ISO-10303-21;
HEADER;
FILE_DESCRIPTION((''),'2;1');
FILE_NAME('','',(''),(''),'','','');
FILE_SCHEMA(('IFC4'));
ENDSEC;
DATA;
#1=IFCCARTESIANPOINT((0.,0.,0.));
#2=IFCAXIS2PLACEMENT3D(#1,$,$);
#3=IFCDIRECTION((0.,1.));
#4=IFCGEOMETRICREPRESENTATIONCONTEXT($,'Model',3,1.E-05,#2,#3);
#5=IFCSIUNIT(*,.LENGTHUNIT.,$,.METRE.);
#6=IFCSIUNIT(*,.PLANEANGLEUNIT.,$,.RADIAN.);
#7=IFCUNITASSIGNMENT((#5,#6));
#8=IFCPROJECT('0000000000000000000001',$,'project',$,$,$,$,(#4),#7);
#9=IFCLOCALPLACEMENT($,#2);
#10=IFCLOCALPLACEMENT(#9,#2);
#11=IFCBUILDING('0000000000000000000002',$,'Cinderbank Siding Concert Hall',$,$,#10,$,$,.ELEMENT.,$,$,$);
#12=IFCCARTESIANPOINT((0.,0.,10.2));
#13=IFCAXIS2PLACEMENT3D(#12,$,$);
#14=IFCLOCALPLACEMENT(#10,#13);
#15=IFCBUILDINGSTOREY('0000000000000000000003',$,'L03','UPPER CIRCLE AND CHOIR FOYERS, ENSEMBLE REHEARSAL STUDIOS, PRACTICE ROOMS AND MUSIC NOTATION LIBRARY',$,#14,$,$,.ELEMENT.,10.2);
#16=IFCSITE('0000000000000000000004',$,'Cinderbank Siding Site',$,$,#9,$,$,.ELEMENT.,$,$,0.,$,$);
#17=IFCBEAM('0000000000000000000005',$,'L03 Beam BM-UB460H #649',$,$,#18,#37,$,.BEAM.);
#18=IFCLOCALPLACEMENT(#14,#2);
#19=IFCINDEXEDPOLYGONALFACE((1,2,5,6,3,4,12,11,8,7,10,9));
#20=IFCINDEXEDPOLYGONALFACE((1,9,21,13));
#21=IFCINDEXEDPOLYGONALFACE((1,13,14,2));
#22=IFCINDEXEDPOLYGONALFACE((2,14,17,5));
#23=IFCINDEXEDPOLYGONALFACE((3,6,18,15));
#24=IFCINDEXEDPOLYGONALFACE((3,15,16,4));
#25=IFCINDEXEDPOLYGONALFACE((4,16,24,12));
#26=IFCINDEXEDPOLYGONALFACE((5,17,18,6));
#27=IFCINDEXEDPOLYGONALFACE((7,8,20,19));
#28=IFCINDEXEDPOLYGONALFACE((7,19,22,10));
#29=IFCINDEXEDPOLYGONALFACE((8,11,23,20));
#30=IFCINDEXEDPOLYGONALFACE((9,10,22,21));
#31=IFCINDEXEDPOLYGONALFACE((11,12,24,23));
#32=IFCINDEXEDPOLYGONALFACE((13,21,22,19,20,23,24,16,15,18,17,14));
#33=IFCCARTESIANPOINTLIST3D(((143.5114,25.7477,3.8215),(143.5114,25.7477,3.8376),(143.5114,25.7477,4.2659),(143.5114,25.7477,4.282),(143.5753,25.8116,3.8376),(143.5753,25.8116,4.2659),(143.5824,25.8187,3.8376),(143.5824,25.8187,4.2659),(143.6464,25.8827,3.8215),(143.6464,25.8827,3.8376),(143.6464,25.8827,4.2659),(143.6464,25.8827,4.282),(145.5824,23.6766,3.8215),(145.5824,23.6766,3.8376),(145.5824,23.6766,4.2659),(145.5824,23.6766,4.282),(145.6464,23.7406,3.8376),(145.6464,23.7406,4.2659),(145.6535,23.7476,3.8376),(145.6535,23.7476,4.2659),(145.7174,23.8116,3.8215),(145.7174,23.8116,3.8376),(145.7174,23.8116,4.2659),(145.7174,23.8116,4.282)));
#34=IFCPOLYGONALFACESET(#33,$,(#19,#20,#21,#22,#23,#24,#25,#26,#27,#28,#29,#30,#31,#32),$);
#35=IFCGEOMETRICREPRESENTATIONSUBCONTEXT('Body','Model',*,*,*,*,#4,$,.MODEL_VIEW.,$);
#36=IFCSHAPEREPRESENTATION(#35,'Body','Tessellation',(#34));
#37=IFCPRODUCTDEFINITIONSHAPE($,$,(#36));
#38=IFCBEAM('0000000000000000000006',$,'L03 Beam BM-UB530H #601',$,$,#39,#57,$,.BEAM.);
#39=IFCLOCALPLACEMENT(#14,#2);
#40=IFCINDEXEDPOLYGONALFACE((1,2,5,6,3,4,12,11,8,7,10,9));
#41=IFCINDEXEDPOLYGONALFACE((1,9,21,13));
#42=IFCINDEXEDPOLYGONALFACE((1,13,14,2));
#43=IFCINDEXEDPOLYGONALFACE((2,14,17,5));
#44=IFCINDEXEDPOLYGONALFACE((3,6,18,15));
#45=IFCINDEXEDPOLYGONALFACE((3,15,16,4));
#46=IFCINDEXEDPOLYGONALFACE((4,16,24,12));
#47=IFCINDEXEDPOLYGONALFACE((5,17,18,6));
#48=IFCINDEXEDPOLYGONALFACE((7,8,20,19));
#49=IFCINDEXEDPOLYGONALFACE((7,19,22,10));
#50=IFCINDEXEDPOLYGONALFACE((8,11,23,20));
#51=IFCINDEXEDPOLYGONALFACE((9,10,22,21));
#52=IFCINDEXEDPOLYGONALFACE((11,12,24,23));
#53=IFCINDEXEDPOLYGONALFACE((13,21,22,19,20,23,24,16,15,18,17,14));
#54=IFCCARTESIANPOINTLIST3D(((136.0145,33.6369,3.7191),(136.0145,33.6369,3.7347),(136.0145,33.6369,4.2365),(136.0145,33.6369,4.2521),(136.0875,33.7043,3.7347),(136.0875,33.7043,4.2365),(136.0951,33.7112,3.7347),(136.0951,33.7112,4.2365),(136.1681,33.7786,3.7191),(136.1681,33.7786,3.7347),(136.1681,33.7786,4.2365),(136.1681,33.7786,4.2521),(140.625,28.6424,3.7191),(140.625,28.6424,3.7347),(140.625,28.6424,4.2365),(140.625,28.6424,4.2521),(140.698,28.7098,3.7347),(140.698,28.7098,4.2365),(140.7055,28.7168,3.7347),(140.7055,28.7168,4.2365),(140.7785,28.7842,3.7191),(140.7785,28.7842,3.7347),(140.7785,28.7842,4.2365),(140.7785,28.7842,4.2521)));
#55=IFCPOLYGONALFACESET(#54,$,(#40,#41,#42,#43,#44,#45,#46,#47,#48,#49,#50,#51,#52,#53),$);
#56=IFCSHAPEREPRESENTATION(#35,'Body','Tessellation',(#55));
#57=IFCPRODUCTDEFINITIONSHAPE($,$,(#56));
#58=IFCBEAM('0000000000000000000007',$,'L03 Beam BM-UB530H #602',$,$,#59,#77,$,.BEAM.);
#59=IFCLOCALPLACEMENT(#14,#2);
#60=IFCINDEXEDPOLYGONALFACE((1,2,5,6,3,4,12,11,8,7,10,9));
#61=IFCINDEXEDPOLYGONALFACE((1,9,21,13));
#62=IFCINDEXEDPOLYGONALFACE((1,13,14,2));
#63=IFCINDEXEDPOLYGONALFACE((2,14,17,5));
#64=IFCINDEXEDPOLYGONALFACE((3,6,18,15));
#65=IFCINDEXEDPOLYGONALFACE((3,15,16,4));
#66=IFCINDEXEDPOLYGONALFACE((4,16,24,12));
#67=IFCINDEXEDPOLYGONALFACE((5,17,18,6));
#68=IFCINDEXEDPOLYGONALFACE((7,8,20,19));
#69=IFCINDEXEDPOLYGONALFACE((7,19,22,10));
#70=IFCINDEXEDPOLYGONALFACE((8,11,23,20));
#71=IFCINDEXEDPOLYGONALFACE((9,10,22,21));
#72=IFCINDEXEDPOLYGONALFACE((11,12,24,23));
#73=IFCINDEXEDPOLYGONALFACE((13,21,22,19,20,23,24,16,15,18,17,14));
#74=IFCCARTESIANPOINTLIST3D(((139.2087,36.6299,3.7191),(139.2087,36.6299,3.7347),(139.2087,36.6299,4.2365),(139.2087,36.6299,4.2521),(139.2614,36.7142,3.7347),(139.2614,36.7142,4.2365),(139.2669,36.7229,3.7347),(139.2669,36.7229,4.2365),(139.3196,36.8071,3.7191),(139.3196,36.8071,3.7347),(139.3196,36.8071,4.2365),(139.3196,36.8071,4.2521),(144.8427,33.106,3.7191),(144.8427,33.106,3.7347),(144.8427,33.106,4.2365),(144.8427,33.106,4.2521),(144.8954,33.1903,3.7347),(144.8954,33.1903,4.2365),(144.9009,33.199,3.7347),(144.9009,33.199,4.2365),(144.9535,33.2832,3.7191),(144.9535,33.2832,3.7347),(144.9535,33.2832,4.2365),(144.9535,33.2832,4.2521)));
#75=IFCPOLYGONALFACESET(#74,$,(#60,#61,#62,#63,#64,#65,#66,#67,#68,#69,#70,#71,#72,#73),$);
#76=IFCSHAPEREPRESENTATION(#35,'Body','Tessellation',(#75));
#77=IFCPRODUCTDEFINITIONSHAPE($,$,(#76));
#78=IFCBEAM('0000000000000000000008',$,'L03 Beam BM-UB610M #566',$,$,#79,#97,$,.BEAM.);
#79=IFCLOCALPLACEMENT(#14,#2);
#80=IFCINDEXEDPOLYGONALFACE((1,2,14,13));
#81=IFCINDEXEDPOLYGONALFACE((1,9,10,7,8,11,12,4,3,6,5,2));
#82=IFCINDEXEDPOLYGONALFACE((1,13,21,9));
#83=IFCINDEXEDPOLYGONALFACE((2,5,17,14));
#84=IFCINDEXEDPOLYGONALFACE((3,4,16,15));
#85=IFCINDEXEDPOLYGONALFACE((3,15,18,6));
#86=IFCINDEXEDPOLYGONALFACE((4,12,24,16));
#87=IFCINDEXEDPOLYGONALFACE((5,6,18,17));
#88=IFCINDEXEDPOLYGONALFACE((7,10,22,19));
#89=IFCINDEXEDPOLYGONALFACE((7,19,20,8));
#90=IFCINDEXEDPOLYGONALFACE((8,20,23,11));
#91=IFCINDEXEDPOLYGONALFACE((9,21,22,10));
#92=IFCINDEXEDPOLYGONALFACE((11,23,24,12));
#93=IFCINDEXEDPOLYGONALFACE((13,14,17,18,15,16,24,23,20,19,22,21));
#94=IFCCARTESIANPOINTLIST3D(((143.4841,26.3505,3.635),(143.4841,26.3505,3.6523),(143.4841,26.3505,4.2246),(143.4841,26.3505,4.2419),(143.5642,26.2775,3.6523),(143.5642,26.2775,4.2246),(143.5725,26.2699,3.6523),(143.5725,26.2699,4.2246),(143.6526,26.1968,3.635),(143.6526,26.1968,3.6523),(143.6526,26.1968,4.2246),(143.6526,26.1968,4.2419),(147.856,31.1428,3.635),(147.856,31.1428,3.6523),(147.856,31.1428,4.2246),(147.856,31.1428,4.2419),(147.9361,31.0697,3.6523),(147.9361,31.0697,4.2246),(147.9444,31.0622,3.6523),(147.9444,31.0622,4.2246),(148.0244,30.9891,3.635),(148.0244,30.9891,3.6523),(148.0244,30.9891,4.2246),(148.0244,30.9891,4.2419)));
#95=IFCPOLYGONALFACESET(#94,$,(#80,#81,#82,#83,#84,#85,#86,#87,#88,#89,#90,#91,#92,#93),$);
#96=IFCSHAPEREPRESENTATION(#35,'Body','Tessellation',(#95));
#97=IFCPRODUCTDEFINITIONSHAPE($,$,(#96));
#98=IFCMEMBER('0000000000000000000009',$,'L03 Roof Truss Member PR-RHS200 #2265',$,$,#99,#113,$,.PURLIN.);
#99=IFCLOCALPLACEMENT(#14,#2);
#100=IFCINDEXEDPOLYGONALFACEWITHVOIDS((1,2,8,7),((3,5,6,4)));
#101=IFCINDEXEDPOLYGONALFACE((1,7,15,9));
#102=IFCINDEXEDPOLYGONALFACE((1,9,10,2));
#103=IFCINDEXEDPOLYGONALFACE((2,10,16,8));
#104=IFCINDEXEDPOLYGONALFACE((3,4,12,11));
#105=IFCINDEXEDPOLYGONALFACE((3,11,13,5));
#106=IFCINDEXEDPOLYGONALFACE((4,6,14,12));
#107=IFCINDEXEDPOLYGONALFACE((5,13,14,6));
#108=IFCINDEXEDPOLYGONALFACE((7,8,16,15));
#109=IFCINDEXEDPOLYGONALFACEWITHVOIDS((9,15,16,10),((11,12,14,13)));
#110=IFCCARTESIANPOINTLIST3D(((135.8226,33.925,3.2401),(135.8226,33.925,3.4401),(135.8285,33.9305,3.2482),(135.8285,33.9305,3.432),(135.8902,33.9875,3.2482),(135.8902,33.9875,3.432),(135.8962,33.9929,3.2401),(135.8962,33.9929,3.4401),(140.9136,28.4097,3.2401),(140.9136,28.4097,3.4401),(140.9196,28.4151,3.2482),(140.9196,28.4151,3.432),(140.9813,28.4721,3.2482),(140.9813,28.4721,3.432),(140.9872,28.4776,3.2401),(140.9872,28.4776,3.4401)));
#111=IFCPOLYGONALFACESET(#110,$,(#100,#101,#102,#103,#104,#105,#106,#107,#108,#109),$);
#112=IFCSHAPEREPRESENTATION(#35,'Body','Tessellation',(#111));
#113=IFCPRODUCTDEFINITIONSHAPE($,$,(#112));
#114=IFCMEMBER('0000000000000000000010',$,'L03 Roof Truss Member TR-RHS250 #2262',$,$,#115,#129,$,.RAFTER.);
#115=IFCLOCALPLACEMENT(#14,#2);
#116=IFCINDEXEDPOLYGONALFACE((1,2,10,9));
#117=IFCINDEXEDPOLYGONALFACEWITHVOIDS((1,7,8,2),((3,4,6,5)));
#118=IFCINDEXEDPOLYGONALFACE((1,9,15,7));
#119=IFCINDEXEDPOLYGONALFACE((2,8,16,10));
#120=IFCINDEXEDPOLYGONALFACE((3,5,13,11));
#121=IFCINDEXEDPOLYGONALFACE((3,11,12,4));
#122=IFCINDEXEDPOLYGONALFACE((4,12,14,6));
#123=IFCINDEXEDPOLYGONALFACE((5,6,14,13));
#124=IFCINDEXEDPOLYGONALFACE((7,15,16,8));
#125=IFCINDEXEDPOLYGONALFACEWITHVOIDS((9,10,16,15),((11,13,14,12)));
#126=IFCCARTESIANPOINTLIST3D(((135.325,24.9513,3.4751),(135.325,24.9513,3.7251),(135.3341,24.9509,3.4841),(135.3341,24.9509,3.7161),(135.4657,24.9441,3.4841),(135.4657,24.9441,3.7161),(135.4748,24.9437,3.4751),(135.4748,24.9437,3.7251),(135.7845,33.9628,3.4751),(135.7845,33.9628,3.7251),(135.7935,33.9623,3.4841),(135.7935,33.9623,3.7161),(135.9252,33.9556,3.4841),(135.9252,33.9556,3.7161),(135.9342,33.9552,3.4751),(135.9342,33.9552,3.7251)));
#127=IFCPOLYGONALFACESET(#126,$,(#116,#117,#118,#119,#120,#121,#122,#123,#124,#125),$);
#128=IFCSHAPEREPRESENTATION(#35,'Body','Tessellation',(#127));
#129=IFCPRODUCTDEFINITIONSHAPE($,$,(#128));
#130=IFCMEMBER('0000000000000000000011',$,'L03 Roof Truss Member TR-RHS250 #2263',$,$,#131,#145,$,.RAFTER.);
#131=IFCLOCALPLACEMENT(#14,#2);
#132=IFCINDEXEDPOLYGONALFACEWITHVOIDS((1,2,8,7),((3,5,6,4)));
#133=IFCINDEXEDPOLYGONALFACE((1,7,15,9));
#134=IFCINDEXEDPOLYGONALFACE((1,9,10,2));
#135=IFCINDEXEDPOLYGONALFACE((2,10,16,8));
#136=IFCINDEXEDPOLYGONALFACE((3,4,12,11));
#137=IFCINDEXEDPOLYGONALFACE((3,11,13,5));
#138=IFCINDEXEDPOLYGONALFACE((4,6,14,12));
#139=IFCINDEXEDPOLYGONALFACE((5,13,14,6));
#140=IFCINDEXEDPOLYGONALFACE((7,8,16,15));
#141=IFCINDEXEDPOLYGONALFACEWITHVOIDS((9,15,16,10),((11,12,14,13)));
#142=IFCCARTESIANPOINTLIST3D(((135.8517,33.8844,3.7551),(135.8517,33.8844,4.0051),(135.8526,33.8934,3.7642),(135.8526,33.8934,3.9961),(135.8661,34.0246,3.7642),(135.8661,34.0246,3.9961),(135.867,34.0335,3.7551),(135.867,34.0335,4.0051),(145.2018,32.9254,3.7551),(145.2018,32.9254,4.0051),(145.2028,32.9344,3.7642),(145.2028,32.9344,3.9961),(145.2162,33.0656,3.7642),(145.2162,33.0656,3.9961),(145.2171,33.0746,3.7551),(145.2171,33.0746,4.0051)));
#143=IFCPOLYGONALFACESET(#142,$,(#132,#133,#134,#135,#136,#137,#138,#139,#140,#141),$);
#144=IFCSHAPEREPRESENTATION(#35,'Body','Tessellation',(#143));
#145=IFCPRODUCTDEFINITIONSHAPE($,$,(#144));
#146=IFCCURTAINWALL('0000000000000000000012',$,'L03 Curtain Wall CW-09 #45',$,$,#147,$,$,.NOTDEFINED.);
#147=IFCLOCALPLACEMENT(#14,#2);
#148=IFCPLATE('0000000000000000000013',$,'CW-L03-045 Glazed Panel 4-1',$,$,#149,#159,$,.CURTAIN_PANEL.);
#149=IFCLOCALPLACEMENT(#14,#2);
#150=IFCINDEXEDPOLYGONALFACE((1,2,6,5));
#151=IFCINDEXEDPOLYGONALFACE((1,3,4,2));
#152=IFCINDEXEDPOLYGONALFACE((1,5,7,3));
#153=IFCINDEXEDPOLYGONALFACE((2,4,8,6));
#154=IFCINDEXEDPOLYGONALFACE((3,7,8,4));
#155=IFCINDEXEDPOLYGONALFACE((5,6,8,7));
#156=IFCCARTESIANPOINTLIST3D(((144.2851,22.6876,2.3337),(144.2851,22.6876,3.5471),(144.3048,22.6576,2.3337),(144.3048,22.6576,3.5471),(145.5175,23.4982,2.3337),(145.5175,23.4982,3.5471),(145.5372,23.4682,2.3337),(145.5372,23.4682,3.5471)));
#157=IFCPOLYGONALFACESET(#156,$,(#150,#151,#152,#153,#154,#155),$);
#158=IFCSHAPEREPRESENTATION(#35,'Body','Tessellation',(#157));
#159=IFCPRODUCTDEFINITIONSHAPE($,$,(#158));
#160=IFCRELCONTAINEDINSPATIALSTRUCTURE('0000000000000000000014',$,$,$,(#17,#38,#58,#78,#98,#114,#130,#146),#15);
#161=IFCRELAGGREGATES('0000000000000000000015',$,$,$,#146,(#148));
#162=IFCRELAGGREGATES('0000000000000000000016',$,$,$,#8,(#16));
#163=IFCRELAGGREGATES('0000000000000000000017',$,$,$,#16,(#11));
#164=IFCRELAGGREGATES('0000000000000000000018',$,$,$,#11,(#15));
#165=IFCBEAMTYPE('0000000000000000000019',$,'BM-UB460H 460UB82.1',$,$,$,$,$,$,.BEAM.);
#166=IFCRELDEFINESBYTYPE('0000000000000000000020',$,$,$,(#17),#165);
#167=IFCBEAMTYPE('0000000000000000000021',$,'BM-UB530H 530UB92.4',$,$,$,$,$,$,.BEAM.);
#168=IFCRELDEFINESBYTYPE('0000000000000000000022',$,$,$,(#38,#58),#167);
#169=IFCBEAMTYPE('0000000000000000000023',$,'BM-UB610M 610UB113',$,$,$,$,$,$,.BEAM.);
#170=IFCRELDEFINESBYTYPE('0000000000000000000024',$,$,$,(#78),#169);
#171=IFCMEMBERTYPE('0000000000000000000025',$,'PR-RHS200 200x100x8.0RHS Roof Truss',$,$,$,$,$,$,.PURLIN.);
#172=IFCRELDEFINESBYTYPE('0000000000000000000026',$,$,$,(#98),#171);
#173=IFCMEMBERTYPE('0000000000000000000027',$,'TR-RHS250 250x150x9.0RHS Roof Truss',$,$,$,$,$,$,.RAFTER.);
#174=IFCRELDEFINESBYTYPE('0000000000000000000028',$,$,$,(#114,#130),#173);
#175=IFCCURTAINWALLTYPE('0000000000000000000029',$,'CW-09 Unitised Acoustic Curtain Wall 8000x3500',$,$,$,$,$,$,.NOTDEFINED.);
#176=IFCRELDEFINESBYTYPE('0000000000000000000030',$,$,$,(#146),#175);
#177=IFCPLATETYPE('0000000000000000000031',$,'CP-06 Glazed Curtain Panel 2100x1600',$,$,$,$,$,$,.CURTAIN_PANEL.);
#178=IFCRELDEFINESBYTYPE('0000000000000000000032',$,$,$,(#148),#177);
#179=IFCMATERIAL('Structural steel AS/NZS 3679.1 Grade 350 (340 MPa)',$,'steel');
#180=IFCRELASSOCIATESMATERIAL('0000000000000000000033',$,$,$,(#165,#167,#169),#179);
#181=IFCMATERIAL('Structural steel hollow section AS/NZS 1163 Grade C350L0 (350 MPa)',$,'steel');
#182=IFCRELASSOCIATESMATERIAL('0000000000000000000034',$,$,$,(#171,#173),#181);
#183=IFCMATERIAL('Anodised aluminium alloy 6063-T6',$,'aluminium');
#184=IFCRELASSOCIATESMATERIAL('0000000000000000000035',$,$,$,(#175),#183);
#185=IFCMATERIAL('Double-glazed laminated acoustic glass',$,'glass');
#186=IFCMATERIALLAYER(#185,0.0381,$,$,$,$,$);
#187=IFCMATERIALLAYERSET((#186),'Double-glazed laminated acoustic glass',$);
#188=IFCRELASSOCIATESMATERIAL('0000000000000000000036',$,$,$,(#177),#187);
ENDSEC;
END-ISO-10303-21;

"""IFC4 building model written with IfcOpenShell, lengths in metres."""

from ifc_helpers import new_model, si_unit, direction, frame, origin, origin_2d, place, context, subcontext, project, spatial, rectangle, hollow_rectangle, i_section, extrude, material, layer, layer_set, material_profile, profile_set, type_object, element, aggregate, save


model = new_model("IFC4")

# Units and contexts
model_context = context("Model", 3, precision=1e-05, world=origin(), true_north=direction((0.0, 1.0)))
body_context = subcontext(model_context, "Body", "Model", "MODEL_VIEW")
ifc_project = project(units=[si_unit("LENGTHUNIT", "METRE"), si_unit("PLANEANGLEUNIT", "RADIAN")], contexts=[model_context])

# Site, building, storey
site_placement = place(None, origin())
site = spatial("IfcSite", under=ifc_project, at=site_placement, Name="Cinderbank Siding Site", CompositionType="ELEMENT", RefElevation=0.0)
building_placement = place(site_placement, origin())
building = spatial("IfcBuilding", under=site, at=building_placement, Name="Cinderbank Siding Concert Hall", CompositionType="ELEMENT")
storey_placement = place(building_placement, frame((0.0, 0.0, 10.2)))
storey = spatial("IfcBuildingStorey", under=building, at=storey_placement, Name="L03", Description="UPPER CIRCLE AND CHOIR FOYERS, ENSEMBLE REHEARSAL STUDIOS, PRACTICE ROOMS AND MUSIC NOTATION LIBRARY", CompositionType="ELEMENT", Elevation=10.2)

# Beams
ifc_material_1 = material(Name="Structural steel AS/NZS 3679.1 Grade 350 (340 MPa)", Category="steel")
ifc_material_profile_1 = material_profile(ifc_material_1, i_section(OverallWidth=0.1909, OverallDepth=0.4604, WebThickness=0.01, FlangeThickness=0.0161, at=origin_2d()), Name="460UB82.1", Category="LoadBearing")
ifc_profile_set_1 = profile_set([ifc_material_profile_1], Name="Structural steel AS/NZS 3679.1 Grade 350 (340 MPa)")
beam_type_1 = type_object("IfcBeamType", Name="BM-UB460H 460UB82.1", PredefinedType="BEAM", material=ifc_profile_set_1)
beam_1_placement = place(storey_placement, frame((143.5789, 25.8152, 4.0518), z_axis=(0.707107, -0.707107, 0.0), x_axis=(0.707107, 0.707107, 0.0)))
element("IfcBeam", 1, at=beam_1_placement, inside=storey, type_object=beam_type_1, Name="L03 Beam BM-UB460H #649", PredefinedType="BEAM", context=body_context, shape_type="SweptSolid", body=[
    extrude(i_section(OverallWidth=0.1909, OverallDepth=0.4604, WebThickness=0.01, FlangeThickness=0.0161, at=origin_2d()), origin(), (0.0, 0.0, 1.0), 2.929),
])
ifc_material_profile_2 = material_profile(ifc_material_1, i_section(OverallWidth=0.209, OverallDepth=0.533, WebThickness=0.0103, FlangeThickness=0.0156, at=origin_2d()), Name="530UB92.4", Category="LoadBearing")
ifc_profile_set_2 = profile_set([ifc_material_profile_2], Name="Structural steel AS/NZS 3679.1 Grade 350 (340 MPa)")
beam_type_2 = type_object("IfcBeamType", Name="BM-UB530H 530UB92.4", PredefinedType="BEAM", material=ifc_profile_set_2)
beam_2_placement = place(storey_placement, frame((136.0913, 33.7078, 3.9856), z_axis=(0.678292, -0.734792, 0.0), x_axis=(0.734792, 0.678292, 0.0)))
element("IfcBeam", 2, at=beam_2_placement, inside=storey, type_object=beam_type_2, Name="L03 Beam BM-UB530H #601", PredefinedType="BEAM", context=body_context, shape_type="SweptSolid", body=[
    extrude(i_section(OverallWidth=0.209, OverallDepth=0.533, WebThickness=0.0103, FlangeThickness=0.0156, at=origin_2d()), origin(), (0.0, 0.0, 1.0), 6.7971),
])
beam_3_placement = place(storey_placement, frame((139.2642, 36.7185, 3.9856), z_axis=(0.847819, -0.530286, 0.0), x_axis=(0.530286, 0.847819, 0.0)))
element("IfcBeam", 3, at=beam_3_placement, inside=storey, type_object=beam_type_2, Name="L03 Beam BM-UB530H #602", PredefinedType="BEAM", context=body_context, shape_type="SweptSolid", body=[
    extrude(i_section(OverallWidth=0.209, OverallDepth=0.533, WebThickness=0.0103, FlangeThickness=0.0156, at=origin_2d()), origin(), (0.0, 0.0, 1.0), 6.6453),
])
ifc_material_profile_3 = material_profile(ifc_material_1, i_section(OverallWidth=0.228, OverallDepth=0.6069, WebThickness=0.0112, FlangeThickness=0.0173, at=origin_2d()), Name="610UB113", Category="LoadBearing")
ifc_profile_set_3 = profile_set([ifc_material_profile_3], Name="Structural steel AS/NZS 3679.1 Grade 350 (340 MPa)")
beam_type_3 = type_object("IfcBeamType", Name="BM-UB610M 610UB113", PredefinedType="BEAM", material=ifc_profile_set_3)
beam_4_placement = place(storey_placement, frame((143.5684, 26.2737, 3.9385), z_axis=(0.673959, 0.738769, 0.0), x_axis=(-0.738769, 0.673959, 0.0)))
element("IfcBeam", 4, at=beam_4_placement, inside=storey, type_object=beam_type_3, Name="L03 Beam BM-UB610M #566", PredefinedType="BEAM", context=body_context, shape_type="SweptSolid", body=[
    extrude(i_section(OverallWidth=0.228, OverallDepth=0.6069, WebThickness=0.0112, FlangeThickness=0.0173, at=origin_2d()), origin(), (0.0, 0.0, 1.0), 6.4868),
])

# Members
ifc_material_2 = material(Name="Structural steel hollow section AS/NZS 1163 Grade C350L0 (350 MPa)", Category="steel")
ifc_material_profile_4 = material_profile(ifc_material_2, hollow_rectangle(XDim=0.1001, YDim=0.2, WallThickness=0.0081, at=origin_2d()), Name="200x100x8.0RHS", Category="LoadBearing")
ifc_profile_set_4 = profile_set([ifc_material_profile_4], Name="Structural steel hollow section AS/NZS 1163 Grade C350L0 (350 MPa)")
member_type_1 = type_object("IfcMemberType", Name="PR-RHS200 200x100x8.0RHS Roof Truss", PredefinedType="PURLIN", material=ifc_profile_set_4)
member_1_placement = place(storey_placement, frame((135.8594, 33.959, 3.3401), z_axis=(0.678276, -0.734807, 0.0), x_axis=(0.734807, 0.678276, 0.0)))
element("IfcMember", 5, at=member_1_placement, inside=storey, type_object=member_type_1, Name="L03 Roof Truss Member PR-RHS200 #2265", PredefinedType="PURLIN", context=body_context, shape_type="SweptSolid", body=[
    extrude(hollow_rectangle(XDim=0.1001, YDim=0.2, WallThickness=0.0081, at=origin_2d()), origin(), (0.0, 0.0, 1.0), 7.5059),
])
ifc_material_profile_5 = material_profile(ifc_material_2, hollow_rectangle(XDim=0.1499, YDim=0.25, WallThickness=0.009, at=origin_2d()), Name="250x150x9.0RHS", Category="LoadBearing")
ifc_profile_set_5 = profile_set([ifc_material_profile_5], Name="Structural steel hollow section AS/NZS 1163 Grade C350L0 (350 MPa)")
member_type_2 = type_object("IfcMemberType", Name="TR-RHS250 250x150x9.0RHS Roof Truss", PredefinedType="RAFTER", material=ifc_profile_set_5)
member_2_placement = place(storey_placement, frame((135.8594, 33.959, 3.6001), z_axis=(-0.050921, -0.998703, 0.0), x_axis=(0.998703, -0.050921, 0.0)))
element("IfcMember", 6, at=member_2_placement, inside=storey, type_object=member_type_2, Name="L03 Roof Truss Member TR-RHS250 #2262", PredefinedType="RAFTER", context=body_context, shape_type="SweptSolid", body=[
    extrude(hollow_rectangle(XDim=0.1499, YDim=0.25, WallThickness=0.009, at=origin_2d()), origin(), (0.0, 0.0, 1.0), 9.0232),
])
member_3_placement = place(storey_placement, frame((135.8594, 33.959, 3.8801), z_axis=(0.994781, -0.102029, 0.0), x_axis=(0.102029, 0.994781, 0.0)))
element("IfcMember", 7, at=member_3_placement, inside=storey, type_object=member_type_2, Name="L03 Roof Truss Member TR-RHS250 #2263", PredefinedType="RAFTER", context=body_context, shape_type="SweptSolid", body=[
    extrude(hollow_rectangle(XDim=0.1499, YDim=0.25, WallThickness=0.009, at=origin_2d()), origin(), (0.0, 0.0, 1.0), 9.3992),
])

# Curtain wall, plate
ifc_material_3 = material(Name="Anodised aluminium alloy 6063-T6", Category="aluminium")
curtain_wall_type = type_object("IfcCurtainWallType", Name="CW-09 Unitised Acoustic Curtain Wall 8000x3500", PredefinedType="NOTDEFINED", material=ifc_material_3)
curtain_wall_placement = place(storey_placement, origin())
curtain_wall = element("IfcCurtainWall", 8, at=curtain_wall_placement, inside=storey, type_object=curtain_wall_type, Name="L03 Curtain Wall CW-09 #45", PredefinedType="NOTDEFINED")
ifc_material_4 = material(Name="Double-glazed laminated acoustic glass", Category="glass")
ifc_layer_1 = layer(ifc_material_4, 0.0381)
ifc_layer_set_1 = layer_set([ifc_layer_1], Name="Double-glazed laminated acoustic glass")
plate_type = type_object("IfcPlateType", Name="CP-06 Glazed Curtain Panel 2100x1600", PredefinedType="CURTAIN_PANEL", material=ifc_layer_set_1)
plate_placement = place(storey_placement, frame((144.9111, 23.0779, 2.3337), z_axis=(0.0, 0.0, 1.0), x_axis=(0.835492, 0.549503, 0.0)))
plate = element("IfcPlate", 9, at=plate_placement, type_object=plate_type, Name="CW-L03-045 Glazed Panel 4-1", PredefinedType="CURTAIN_PANEL", context=body_context, shape_type="SweptSolid", body=[
    extrude(rectangle(XDim=1.4751, YDim=0.0359, at=origin_2d()), origin(), (0.0, 0.0, 1.0), 1.2134),
])
aggregate(curtain_wall, [plate])

save(model, "model.ifc")
